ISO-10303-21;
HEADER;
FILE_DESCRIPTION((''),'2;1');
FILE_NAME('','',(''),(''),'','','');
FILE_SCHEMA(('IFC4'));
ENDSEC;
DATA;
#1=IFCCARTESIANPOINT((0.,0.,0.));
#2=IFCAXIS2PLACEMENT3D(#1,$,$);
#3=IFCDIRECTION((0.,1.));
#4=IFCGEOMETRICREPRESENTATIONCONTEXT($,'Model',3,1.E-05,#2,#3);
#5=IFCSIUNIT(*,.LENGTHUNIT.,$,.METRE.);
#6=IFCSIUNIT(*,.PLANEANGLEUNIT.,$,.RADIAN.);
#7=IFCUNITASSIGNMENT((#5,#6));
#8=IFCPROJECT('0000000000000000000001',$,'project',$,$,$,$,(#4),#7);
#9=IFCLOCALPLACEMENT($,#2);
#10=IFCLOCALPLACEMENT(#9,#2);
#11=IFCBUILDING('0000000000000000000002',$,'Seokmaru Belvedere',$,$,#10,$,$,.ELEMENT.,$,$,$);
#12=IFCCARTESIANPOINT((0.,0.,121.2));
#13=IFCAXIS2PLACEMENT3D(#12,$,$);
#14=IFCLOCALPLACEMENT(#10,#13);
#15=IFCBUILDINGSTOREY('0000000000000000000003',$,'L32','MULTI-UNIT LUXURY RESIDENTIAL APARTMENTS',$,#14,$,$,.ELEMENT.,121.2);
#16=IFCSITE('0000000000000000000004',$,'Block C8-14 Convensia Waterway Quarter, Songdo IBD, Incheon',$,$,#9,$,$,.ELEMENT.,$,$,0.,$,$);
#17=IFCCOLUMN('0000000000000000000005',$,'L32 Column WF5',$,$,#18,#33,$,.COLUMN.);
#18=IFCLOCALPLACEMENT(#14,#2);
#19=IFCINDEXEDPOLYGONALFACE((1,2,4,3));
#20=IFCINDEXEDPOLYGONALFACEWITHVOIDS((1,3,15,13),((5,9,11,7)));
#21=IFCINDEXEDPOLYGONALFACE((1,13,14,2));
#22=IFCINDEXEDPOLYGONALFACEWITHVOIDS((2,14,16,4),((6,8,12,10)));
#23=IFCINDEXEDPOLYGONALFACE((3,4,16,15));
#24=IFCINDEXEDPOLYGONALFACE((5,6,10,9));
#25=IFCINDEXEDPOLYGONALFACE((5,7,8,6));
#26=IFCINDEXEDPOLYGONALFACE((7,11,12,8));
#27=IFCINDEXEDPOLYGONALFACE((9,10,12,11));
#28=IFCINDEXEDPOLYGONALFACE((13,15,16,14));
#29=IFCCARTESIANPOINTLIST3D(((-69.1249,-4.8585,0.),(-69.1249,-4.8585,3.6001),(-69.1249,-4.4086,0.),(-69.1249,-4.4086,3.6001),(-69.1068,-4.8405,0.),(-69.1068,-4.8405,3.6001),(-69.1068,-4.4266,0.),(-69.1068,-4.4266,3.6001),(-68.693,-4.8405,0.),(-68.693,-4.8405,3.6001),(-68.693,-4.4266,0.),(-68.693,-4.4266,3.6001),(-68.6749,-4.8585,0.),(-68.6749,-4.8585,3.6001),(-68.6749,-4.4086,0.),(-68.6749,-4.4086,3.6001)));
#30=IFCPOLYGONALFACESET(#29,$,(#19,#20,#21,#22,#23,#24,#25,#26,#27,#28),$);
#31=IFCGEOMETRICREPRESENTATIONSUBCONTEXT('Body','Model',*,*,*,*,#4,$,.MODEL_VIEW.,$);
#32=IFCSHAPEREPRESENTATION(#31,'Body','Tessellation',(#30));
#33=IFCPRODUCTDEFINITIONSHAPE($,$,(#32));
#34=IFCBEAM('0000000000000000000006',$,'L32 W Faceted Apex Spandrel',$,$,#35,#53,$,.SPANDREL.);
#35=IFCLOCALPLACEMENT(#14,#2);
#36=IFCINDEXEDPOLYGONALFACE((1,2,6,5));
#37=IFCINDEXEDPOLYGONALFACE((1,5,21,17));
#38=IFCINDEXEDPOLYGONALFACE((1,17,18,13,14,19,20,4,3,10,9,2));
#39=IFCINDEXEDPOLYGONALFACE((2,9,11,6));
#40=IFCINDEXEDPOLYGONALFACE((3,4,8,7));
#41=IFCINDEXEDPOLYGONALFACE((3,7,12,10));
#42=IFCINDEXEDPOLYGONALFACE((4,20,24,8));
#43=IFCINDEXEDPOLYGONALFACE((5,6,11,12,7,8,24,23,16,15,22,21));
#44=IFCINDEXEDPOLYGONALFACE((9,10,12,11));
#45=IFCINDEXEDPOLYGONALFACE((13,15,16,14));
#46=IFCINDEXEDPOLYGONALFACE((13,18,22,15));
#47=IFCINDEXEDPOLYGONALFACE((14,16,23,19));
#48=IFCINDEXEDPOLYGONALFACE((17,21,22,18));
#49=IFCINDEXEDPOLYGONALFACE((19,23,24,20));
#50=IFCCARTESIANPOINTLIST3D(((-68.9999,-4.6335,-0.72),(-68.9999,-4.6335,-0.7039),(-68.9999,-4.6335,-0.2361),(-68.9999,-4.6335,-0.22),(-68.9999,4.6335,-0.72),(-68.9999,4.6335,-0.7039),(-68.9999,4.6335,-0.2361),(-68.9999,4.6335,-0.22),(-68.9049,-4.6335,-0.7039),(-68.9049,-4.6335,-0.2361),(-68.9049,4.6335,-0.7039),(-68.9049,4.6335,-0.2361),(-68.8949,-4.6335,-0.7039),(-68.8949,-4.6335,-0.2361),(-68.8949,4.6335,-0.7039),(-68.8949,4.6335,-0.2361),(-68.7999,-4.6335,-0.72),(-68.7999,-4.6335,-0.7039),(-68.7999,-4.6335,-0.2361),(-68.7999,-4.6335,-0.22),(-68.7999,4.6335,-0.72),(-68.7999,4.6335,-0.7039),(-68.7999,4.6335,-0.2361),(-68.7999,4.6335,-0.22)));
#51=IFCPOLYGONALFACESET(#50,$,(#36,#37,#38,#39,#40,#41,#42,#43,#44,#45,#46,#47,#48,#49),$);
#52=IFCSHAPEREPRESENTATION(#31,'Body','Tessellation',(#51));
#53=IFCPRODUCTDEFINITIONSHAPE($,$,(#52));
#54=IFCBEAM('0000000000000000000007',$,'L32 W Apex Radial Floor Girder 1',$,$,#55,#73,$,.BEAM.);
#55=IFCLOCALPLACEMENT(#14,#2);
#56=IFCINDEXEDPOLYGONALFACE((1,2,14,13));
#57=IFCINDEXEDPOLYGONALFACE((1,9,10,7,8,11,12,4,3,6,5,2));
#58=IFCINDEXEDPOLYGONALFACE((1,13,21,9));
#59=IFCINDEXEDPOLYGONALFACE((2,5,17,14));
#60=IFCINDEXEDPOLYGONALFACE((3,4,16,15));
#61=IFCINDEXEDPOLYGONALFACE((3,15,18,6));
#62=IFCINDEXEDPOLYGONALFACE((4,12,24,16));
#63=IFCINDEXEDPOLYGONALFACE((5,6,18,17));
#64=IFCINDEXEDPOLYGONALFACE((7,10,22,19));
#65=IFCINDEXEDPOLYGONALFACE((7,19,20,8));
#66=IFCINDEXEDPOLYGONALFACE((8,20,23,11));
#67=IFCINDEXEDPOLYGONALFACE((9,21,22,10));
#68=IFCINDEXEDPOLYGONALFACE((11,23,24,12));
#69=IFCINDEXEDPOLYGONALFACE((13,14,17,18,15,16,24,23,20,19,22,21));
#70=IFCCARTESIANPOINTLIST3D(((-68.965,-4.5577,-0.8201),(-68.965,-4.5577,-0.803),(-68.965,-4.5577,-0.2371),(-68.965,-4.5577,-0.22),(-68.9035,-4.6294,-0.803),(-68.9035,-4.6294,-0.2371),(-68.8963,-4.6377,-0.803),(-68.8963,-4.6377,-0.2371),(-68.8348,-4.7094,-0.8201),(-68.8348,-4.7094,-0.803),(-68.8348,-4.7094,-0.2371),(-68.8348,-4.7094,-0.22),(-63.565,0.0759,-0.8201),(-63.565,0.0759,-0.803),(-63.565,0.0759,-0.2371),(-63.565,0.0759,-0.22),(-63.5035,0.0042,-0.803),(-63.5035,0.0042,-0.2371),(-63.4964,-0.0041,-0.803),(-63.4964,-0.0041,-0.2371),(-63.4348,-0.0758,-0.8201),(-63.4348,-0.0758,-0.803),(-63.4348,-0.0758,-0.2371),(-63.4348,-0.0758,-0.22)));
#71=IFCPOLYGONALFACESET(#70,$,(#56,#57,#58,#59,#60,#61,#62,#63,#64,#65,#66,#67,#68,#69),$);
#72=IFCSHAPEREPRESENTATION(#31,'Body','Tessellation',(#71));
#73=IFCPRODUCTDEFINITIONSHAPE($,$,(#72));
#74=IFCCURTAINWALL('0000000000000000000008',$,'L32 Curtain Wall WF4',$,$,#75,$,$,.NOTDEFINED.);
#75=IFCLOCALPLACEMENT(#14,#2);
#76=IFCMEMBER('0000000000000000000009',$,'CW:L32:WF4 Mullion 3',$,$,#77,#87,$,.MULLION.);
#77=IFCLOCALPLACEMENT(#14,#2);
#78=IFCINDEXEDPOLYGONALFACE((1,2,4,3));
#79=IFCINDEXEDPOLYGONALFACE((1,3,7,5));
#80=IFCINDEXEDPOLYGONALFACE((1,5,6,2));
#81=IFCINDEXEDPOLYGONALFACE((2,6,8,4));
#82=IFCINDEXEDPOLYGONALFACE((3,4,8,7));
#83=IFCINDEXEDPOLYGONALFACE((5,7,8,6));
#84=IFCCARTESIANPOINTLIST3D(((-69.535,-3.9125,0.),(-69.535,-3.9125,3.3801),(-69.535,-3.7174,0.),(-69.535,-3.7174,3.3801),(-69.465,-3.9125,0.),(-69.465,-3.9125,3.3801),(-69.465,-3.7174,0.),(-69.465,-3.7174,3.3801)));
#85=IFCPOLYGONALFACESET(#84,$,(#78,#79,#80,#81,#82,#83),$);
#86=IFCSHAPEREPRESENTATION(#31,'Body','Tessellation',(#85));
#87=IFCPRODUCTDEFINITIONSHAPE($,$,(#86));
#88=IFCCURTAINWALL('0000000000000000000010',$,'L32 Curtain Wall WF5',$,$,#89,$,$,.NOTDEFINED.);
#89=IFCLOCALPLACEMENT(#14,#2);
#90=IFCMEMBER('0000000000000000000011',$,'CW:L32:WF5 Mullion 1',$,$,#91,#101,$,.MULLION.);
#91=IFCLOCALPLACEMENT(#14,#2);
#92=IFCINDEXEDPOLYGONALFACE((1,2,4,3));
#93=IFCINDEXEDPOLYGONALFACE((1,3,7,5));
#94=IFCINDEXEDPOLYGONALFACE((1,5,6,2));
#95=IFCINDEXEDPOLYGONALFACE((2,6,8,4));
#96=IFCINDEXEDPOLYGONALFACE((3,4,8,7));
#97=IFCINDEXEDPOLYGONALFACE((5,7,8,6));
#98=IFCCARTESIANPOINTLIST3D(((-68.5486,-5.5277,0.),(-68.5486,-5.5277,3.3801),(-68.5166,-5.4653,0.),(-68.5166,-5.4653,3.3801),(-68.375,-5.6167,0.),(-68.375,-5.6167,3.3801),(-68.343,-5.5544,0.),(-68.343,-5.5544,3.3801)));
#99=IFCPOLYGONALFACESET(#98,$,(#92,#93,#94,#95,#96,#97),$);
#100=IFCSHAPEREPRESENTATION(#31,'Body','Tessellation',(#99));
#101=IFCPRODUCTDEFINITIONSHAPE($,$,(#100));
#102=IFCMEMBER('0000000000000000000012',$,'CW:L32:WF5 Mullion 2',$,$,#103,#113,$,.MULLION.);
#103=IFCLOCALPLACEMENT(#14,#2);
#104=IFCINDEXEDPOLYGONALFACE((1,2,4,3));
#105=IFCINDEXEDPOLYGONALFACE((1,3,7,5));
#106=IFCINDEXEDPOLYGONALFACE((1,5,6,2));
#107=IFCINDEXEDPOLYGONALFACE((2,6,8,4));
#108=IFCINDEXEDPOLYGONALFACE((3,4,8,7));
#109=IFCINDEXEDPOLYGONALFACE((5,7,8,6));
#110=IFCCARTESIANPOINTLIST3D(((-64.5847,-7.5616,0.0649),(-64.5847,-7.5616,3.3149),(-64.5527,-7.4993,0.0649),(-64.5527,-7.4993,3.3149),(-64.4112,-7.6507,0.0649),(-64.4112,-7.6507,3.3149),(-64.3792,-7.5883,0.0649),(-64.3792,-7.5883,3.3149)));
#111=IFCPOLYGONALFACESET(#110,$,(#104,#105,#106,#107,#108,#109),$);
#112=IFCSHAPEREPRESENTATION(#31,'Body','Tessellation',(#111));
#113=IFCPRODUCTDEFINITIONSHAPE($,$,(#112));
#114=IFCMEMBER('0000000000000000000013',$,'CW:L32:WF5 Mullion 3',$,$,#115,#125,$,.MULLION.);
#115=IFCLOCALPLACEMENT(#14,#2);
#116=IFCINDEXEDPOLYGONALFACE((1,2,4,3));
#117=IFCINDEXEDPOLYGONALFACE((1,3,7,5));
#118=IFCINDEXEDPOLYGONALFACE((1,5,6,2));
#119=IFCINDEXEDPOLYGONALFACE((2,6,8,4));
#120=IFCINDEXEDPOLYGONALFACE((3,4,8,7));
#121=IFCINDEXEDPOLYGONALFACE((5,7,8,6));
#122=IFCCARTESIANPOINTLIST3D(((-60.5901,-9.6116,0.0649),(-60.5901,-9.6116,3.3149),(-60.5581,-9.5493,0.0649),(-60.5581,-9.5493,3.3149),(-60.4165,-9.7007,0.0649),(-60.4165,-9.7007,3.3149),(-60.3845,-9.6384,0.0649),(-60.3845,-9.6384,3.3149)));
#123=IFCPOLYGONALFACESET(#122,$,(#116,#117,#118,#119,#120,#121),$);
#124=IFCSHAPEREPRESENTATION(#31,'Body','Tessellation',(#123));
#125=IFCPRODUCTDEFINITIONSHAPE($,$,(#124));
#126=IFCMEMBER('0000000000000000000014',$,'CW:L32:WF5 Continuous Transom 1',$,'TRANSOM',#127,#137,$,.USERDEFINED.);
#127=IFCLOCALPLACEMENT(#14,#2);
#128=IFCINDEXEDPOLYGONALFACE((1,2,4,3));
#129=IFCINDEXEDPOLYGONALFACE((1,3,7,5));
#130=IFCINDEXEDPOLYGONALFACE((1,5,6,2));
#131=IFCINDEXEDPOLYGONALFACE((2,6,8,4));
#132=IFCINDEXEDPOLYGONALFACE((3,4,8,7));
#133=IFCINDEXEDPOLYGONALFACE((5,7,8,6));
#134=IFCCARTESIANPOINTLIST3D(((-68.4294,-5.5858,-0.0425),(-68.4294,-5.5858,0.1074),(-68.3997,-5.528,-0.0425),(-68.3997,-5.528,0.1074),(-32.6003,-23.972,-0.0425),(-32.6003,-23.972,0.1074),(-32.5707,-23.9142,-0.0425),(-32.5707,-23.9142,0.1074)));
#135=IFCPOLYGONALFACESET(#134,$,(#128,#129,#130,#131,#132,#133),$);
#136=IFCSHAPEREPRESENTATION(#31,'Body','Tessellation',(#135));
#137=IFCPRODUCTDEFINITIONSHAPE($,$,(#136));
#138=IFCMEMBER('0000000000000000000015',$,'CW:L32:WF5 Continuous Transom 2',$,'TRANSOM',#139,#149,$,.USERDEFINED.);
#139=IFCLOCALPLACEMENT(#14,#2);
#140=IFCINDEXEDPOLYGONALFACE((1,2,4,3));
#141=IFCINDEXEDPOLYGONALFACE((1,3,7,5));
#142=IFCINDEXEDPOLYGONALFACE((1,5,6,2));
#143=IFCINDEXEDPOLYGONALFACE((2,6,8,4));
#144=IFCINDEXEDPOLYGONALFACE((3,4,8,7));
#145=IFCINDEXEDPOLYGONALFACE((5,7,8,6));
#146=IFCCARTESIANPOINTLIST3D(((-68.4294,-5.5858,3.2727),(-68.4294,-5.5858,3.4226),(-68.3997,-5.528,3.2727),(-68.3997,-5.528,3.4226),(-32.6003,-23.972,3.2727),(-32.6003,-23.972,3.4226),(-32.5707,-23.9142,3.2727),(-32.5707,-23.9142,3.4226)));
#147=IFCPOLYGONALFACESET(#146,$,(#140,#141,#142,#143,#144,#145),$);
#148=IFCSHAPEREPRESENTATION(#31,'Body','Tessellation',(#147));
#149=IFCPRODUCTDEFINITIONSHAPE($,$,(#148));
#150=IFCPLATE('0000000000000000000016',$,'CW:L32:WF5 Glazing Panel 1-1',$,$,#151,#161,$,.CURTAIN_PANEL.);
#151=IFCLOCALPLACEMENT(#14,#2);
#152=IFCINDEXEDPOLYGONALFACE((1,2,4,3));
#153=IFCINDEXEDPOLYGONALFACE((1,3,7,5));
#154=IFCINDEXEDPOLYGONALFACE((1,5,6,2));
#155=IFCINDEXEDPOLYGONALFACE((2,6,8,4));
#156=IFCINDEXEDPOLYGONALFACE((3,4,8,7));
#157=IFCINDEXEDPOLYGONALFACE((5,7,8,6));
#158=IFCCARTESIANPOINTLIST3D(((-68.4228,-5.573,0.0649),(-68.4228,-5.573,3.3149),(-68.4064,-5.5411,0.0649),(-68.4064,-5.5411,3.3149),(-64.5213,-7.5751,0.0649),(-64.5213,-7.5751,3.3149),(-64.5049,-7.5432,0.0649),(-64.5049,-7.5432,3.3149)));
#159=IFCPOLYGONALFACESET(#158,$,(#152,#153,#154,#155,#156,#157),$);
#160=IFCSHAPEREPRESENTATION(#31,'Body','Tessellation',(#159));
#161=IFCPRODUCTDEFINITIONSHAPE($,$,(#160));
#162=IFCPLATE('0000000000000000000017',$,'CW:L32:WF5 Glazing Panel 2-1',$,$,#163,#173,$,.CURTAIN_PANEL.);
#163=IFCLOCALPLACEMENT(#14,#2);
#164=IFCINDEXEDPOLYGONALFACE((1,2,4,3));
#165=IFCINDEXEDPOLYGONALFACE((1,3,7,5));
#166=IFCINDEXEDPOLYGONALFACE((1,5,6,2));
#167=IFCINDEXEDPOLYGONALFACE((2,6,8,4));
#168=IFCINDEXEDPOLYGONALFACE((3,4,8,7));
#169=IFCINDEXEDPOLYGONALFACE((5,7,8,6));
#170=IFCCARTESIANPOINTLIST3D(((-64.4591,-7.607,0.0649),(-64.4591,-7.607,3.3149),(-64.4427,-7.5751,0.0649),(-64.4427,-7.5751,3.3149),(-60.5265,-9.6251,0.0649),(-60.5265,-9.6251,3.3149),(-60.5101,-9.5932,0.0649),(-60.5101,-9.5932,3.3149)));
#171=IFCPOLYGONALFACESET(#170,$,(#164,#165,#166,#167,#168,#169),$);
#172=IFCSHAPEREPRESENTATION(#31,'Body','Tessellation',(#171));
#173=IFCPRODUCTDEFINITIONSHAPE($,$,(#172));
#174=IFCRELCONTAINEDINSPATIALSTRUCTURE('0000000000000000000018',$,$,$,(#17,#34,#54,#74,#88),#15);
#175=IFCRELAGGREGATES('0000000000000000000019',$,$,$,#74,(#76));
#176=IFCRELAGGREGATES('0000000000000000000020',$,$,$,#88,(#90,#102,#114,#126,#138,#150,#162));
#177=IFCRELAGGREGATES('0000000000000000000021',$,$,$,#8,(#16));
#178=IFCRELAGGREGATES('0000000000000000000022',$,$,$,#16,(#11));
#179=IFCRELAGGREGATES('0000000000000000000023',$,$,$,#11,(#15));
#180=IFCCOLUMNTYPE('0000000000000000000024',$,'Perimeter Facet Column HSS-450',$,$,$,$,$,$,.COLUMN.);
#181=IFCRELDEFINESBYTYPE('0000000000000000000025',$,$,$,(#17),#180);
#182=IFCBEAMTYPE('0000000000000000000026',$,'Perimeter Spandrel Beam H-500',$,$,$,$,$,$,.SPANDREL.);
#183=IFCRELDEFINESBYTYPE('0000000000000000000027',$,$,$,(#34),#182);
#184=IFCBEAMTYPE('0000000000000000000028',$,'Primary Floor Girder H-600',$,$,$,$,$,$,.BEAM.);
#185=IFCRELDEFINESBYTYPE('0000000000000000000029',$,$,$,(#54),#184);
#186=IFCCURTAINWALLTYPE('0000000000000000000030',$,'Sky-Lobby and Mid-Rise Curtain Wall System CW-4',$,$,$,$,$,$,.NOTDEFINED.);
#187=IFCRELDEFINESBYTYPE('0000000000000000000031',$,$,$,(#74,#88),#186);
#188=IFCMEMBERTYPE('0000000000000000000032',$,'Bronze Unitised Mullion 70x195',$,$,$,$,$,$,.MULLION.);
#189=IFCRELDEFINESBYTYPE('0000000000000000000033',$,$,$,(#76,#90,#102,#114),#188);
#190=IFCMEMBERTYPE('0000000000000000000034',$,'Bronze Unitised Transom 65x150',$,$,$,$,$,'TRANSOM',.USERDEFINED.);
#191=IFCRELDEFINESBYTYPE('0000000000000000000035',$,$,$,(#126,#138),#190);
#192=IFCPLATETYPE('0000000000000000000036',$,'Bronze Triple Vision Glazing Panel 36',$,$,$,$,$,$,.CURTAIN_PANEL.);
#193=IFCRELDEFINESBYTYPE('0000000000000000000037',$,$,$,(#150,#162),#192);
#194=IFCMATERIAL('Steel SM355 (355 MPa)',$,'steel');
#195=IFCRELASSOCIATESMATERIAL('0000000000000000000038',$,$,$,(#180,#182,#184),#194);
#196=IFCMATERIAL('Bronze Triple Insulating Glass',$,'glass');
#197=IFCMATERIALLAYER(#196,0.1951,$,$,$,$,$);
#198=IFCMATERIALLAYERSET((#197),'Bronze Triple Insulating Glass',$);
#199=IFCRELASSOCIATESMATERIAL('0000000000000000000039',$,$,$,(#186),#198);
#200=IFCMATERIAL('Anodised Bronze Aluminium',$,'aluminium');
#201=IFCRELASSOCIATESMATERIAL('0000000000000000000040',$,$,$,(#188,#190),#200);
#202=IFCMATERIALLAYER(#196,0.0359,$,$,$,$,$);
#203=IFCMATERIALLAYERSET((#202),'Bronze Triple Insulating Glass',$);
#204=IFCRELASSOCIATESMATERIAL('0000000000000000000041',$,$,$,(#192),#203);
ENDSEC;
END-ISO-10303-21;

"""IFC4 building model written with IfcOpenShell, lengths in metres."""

from ifc_helpers import new_model, si_unit, direction, frame, origin, origin_2d, place, context, subcontext, project, spatial, rectangle, hollow_rectangle, i_section, extrude, source, transform, mapped, material, layer, layer_set, material_profile, profile_set, type_object, type_shapes, element, aggregate, save


model = new_model("IFC4")

# Units and contexts
model_context = context("Model", 3, precision=1e-05, world=origin(), true_north=direction((0.0, 1.0)))
body_context = subcontext(model_context, "Body", "Model", "MODEL_VIEW")
ifc_project = project(units=[si_unit("LENGTHUNIT", "METRE"), si_unit("PLANEANGLEUNIT", "RADIAN")], contexts=[model_context])

# Site, building, storey
site_placement = place(None, origin())
site = spatial("IfcSite", under=ifc_project, at=site_placement, Name="Block C8-14 Convensia Waterway Quarter, Songdo IBD, Incheon", CompositionType="ELEMENT", RefElevation=0.0)
building_placement = place(site_placement, origin())
building = spatial("IfcBuilding", under=site, at=building_placement, Name="Seokmaru Belvedere", CompositionType="ELEMENT")
storey_placement = place(building_placement, frame((0.0, 0.0, 121.2)))
storey = spatial("IfcBuildingStorey", under=building, at=storey_placement, Name="L32", Description="MULTI-UNIT LUXURY RESIDENTIAL APARTMENTS", CompositionType="ELEMENT", Elevation=121.2)

# Column
ifc_material_1 = material(Name="Steel SM355 (355 MPa)", Category="steel")
ifc_material_profile_1 = material_profile(ifc_material_1, hollow_rectangle(XDim=0.45, YDim=0.45, WallThickness=0.0181, at=origin_2d()), Name="HSS-450x450x18")
ifc_profile_set_1 = profile_set([ifc_material_profile_1], Name="Steel SM355 (355 MPa)")
column_type = type_object("IfcColumnType", Name="Perimeter Facet Column HSS-450", PredefinedType="COLUMN", material=ifc_profile_set_1)
shared_shape_1 = source(origin(), body_context, "Body", "SweptSolid", [
    extrude(hollow_rectangle(XDim=0.45, YDim=0.45, WallThickness=0.0181, at=origin_2d()), origin(), (0.0, 0.0, 1.0), 3.6001),
])
type_shapes(column_type, [shared_shape_1])
column_placement = place(storey_placement, frame((-68.8999, -4.6335, 0.0), z_axis=(0.0, 0.0, 1.0), x_axis=(1.0, 0.0, 0.0)))
element("IfcColumn", 1, at=column_placement, inside=storey, type_object=column_type, Name="L32 Column WF5", PredefinedType="COLUMN", context=body_context, shape_type="MappedRepresentation", body=[
    mapped(shared_shape_1, transform((0.0, 0.0, 0.0), scale=1.0)),
])

# Beams
ifc_material_profile_2 = material_profile(ifc_material_1, i_section(OverallWidth=0.2, OverallDepth=0.5, WebThickness=0.01, FlangeThickness=0.0161, at=origin_2d()), Name="H-500x200x10x16")
ifc_profile_set_2 = profile_set([ifc_material_profile_2], Name="Steel SM355 (355 MPa)")
beam_type_1 = type_object("IfcBeamType", Name="Perimeter Spandrel Beam H-500", PredefinedType="SPANDREL", material=ifc_profile_set_2)
shared_shape_2 = source(origin(), body_context, "Body", "SweptSolid", [
    extrude(i_section(OverallWidth=0.2, OverallDepth=0.5, WebThickness=0.01, FlangeThickness=0.0161, at=origin_2d()), origin(), (0.0, 0.0, 1.0), 9.2671),
])
type_shapes(beam_type_1, [shared_shape_2])
beam_1_placement = place(storey_placement, frame((-68.8999, -4.6335, -0.47), z_axis=(0.0, 1.0, 0.0), x_axis=(-1.0, 0.0, 0.0)))
element("IfcBeam", 2, at=beam_1_placement, inside=storey, type_object=beam_type_1, Name="L32 W Faceted Apex Spandrel", PredefinedType="SPANDREL", context=body_context, shape_type="MappedRepresentation", body=[
    mapped(shared_shape_2, transform((0.0, 0.0, 0.0), scale=1.0)),
])
ifc_material_profile_3 = material_profile(ifc_material_1, i_section(OverallWidth=0.2, OverallDepth=0.6001, WebThickness=0.011, FlangeThickness=0.0171, at=origin_2d()), Name="H-600x200x11x17")
ifc_profile_set_3 = profile_set([ifc_material_profile_3], Name="Steel SM355 (355 MPa)")
beam_type_2 = type_object("IfcBeamType", Name="Primary Floor Girder H-600", PredefinedType="BEAM", material=ifc_profile_set_3)
shared_shape_3 = source(origin(), body_context, "Body", "SweptSolid", [
    extrude(i_section(OverallWidth=0.2, OverallDepth=0.6001, WebThickness=0.011, FlangeThickness=0.0171, at=origin_2d()), origin(), (0.0, 0.0, 1.0), 7.1155),
])
type_shapes(beam_type_2, [shared_shape_3])
beam_2_placement = place(storey_placement, frame((-68.8999, -4.6335, -0.52), z_axis=(0.758905, 0.651201, 0.0), x_axis=(-0.651201, 0.758905, 0.0)))
element("IfcBeam", 3, at=beam_2_placement, inside=storey, type_object=beam_type_2, Name="L32 W Apex Radial Floor Girder 1", PredefinedType="BEAM", context=body_context, shape_type="MappedRepresentation", body=[
    mapped(shared_shape_3, transform((0.0, 0.0, 0.0), scale=1.0)),
])

# Curtain wall, member
ifc_material_2 = material(Name="Bronze Triple Insulating Glass", Category="glass")
ifc_layer_1 = layer(ifc_material_2, 0.1951)
ifc_layer_set_1 = layer_set([ifc_layer_1], Name="Bronze Triple Insulating Glass")
curtain_wall_type = type_object("IfcCurtainWallType", Name="Sky-Lobby and Mid-Rise Curtain Wall System CW-4", PredefinedType="NOTDEFINED", material=ifc_layer_set_1)
curtain_wall_1_placement = place(storey_placement, origin())
curtain_wall_1 = element("IfcCurtainWall", 4, at=curtain_wall_1_placement, inside=storey, type_object=curtain_wall_type, Name="L32 Curtain Wall WF4", PredefinedType="NOTDEFINED")
ifc_material_3 = material(Name="Anodised Bronze Aluminium", Category="aluminium")
ifc_material_profile_4 = material_profile(ifc_material_3, rectangle(XDim=0.0701, YDim=0.1951, at=origin_2d()), Name="CW-M-70x195")
ifc_profile_set_4 = profile_set([ifc_material_profile_4], Name="Anodised Bronze Aluminium")
member_type_1 = type_object("IfcMemberType", Name="Bronze Unitised Mullion 70x195", PredefinedType="MULLION", material=ifc_profile_set_4)
shared_shape_4 = source(origin(), body_context, "Body", "SweptSolid", [
    extrude(rectangle(XDim=0.0701, YDim=0.1951, at=origin_2d()), origin(), (0.0, 0.0, 1.0), 3.3801),
])
member_1_placement = place(storey_placement, frame((-69.5, -3.8149, 0.0), z_axis=(0.0, 0.0, 1.0), x_axis=(1.0, 0.0, 0.0)))
member_1 = element("IfcMember", 5, at=member_1_placement, type_object=member_type_1, Name="CW:L32:WF4 Mullion 3", PredefinedType="MULLION", context=body_context, shape_type="MappedRepresentation", body=[
    mapped(shared_shape_4, transform((0.0, 0.0, 0.0), scale=1.0)),
])
aggregate(curtain_wall_1, [member_1])

# Curtain wall, members, plates
curtain_wall_2_placement = place(storey_placement, origin())
curtain_wall_2 = element("IfcCurtainWall", 6, at=curtain_wall_2_placement, inside=storey, type_object=curtain_wall_type, Name="L32 Curtain Wall WF5", PredefinedType="NOTDEFINED")
member_2_placement = place(storey_placement, frame((-68.4458, -5.541, 0.0), z_axis=(0.0, 0.0, 1.0), x_axis=(0.456555, 0.889695, 0.0)))
member_2 = element("IfcMember", 7, at=member_2_placement, type_object=member_type_1, Name="CW:L32:WF5 Mullion 1", PredefinedType="MULLION", context=body_context, shape_type="MappedRepresentation", body=[
    mapped(shared_shape_4, transform((0.0, 0.0, 0.0), scale=1.0)),
])
shared_shape_5 = source(origin(), body_context, "Body", "SweptSolid", [
    extrude(rectangle(XDim=0.0701, YDim=0.1951, at=origin_2d()), origin(), (0.0, 0.0, 1.0), 3.25),
])
type_shapes(member_type_1, [shared_shape_4, shared_shape_5])
member_3_placement = place(storey_placement, frame((-64.4819, -7.575, 0.0649), z_axis=(0.0, 0.0, 1.0), x_axis=(0.456555, 0.889695, 0.0)))
member_3 = element("IfcMember", 8, at=member_3_placement, type_object=member_type_1, Name="CW:L32:WF5 Mullion 2", PredefinedType="MULLION", context=body_context, shape_type="MappedRepresentation", body=[
    mapped(shared_shape_5, transform((0.0, 0.0, 0.0), scale=1.0)),
])
member_4_placement = place(storey_placement, frame((-60.4873, -9.625, 0.0649), z_axis=(0.0, 0.0, 1.0), x_axis=(0.456555, 0.889695, 0.0)))
member_4 = element("IfcMember", 9, at=member_4_placement, type_object=member_type_1, Name="CW:L32:WF5 Mullion 3", PredefinedType="MULLION", context=body_context, shape_type="MappedRepresentation", body=[
    mapped(shared_shape_5, transform((0.0, 0.0, 0.0), scale=1.0)),
])
ifc_material_profile_5 = material_profile(ifc_material_3, rectangle(XDim=0.0649, YDim=0.1499, at=origin_2d()), Name="CW-T-65x150")
ifc_profile_set_5 = profile_set([ifc_material_profile_5], Name="Anodised Bronze Aluminium")
member_type_2 = type_object("IfcMemberType", Name="Bronze Unitised Transom 65x150", ElementType="TRANSOM", PredefinedType="USERDEFINED", material=ifc_profile_set_5)
shared_shape_6 = source(origin(), body_context, "Body", "SweptSolid", [
    extrude(rectangle(XDim=0.0649, YDim=0.1499, at=origin_2d()), origin(), (0.0, 0.0, 1.0), 40.2712),
])
type_shapes(member_type_2, [shared_shape_6])
member_5_placement = place(storey_placement, frame((-68.4146, -5.5569, 0.0325), z_axis=(0.889693, -0.456559, 0.0), x_axis=(0.456559, 0.889693, 0.0)))
member_5 = element("IfcMember", 10, at=member_5_placement, type_object=member_type_2, Name="CW:L32:WF5 Continuous Transom 1", ObjectType="TRANSOM", PredefinedType="USERDEFINED", context=body_context, shape_type="MappedRepresentation", body=[
    mapped(shared_shape_6, transform((0.0, 0.0, 0.0), scale=1.0)),
])
member_6_placement = place(storey_placement, frame((-68.4146, -5.5569, 3.3477), z_axis=(0.889693, -0.456559, 0.0), x_axis=(0.456559, 0.889693, 0.0)))
member_6 = element("IfcMember", 11, at=member_6_placement, type_object=member_type_2, Name="CW:L32:WF5 Continuous Transom 2", ObjectType="TRANSOM", PredefinedType="USERDEFINED", context=body_context, shape_type="MappedRepresentation", body=[
    mapped(shared_shape_6, transform((0.0, 0.0, 0.0), scale=1.0)),
])
ifc_layer_2 = layer(ifc_material_2, 0.0359)
ifc_layer_set_2 = layer_set([ifc_layer_2], Name="Bronze Triple Insulating Glass")
plate_type = type_object("IfcPlateType", Name="Bronze Triple Vision Glazing Panel 36", PredefinedType="CURTAIN_PANEL", material=ifc_layer_set_2)
shared_shape_7 = source(origin(), body_context, "Body", "SweptSolid", [
    extrude(rectangle(XDim=4.3853, YDim=0.0359, at=origin_2d()), origin(), (0.0, 0.0, 1.0), 3.25),
])
plate_1_placement = place(storey_placement, frame((-66.4639, -6.5581, 0.0649), z_axis=(0.0, 0.0, 1.0), x_axis=(0.889695, -0.456555, 0.0)))
plate_1 = element("IfcPlate", 12, at=plate_1_placement, type_object=plate_type, Name="CW:L32:WF5 Glazing Panel 1-1", PredefinedType="CURTAIN_PANEL", context=body_context, shape_type="MappedRepresentation", body=[
    mapped(shared_shape_7, transform((0.0, 0.0, 0.0), scale=1.0)),
])
shared_shape_8 = source(origin(), body_context, "Body", "SweptSolid", [
    extrude(rectangle(XDim=4.4202, YDim=0.0359, at=origin_2d()), origin(), (0.0, 0.0, 1.0), 3.25),
])
type_shapes(plate_type, [shared_shape_7, shared_shape_8])
plate_2_placement = place(storey_placement, frame((-62.4846, -8.6001, 0.0649), z_axis=(0.0, 0.0, 1.0), x_axis=(0.889695, -0.456555, 0.0)))
plate_2 = element("IfcPlate", 13, at=plate_2_placement, type_object=plate_type, Name="CW:L32:WF5 Glazing Panel 2-1", PredefinedType="CURTAIN_PANEL", context=body_context, shape_type="MappedRepresentation", body=[
    mapped(shared_shape_8, transform((0.0, 0.0, 0.0), scale=1.0)),
])
aggregate(curtain_wall_2, [member_2, member_3, member_4, member_5, member_6, plate_1, plate_2])

save(model, "model.ifc")
